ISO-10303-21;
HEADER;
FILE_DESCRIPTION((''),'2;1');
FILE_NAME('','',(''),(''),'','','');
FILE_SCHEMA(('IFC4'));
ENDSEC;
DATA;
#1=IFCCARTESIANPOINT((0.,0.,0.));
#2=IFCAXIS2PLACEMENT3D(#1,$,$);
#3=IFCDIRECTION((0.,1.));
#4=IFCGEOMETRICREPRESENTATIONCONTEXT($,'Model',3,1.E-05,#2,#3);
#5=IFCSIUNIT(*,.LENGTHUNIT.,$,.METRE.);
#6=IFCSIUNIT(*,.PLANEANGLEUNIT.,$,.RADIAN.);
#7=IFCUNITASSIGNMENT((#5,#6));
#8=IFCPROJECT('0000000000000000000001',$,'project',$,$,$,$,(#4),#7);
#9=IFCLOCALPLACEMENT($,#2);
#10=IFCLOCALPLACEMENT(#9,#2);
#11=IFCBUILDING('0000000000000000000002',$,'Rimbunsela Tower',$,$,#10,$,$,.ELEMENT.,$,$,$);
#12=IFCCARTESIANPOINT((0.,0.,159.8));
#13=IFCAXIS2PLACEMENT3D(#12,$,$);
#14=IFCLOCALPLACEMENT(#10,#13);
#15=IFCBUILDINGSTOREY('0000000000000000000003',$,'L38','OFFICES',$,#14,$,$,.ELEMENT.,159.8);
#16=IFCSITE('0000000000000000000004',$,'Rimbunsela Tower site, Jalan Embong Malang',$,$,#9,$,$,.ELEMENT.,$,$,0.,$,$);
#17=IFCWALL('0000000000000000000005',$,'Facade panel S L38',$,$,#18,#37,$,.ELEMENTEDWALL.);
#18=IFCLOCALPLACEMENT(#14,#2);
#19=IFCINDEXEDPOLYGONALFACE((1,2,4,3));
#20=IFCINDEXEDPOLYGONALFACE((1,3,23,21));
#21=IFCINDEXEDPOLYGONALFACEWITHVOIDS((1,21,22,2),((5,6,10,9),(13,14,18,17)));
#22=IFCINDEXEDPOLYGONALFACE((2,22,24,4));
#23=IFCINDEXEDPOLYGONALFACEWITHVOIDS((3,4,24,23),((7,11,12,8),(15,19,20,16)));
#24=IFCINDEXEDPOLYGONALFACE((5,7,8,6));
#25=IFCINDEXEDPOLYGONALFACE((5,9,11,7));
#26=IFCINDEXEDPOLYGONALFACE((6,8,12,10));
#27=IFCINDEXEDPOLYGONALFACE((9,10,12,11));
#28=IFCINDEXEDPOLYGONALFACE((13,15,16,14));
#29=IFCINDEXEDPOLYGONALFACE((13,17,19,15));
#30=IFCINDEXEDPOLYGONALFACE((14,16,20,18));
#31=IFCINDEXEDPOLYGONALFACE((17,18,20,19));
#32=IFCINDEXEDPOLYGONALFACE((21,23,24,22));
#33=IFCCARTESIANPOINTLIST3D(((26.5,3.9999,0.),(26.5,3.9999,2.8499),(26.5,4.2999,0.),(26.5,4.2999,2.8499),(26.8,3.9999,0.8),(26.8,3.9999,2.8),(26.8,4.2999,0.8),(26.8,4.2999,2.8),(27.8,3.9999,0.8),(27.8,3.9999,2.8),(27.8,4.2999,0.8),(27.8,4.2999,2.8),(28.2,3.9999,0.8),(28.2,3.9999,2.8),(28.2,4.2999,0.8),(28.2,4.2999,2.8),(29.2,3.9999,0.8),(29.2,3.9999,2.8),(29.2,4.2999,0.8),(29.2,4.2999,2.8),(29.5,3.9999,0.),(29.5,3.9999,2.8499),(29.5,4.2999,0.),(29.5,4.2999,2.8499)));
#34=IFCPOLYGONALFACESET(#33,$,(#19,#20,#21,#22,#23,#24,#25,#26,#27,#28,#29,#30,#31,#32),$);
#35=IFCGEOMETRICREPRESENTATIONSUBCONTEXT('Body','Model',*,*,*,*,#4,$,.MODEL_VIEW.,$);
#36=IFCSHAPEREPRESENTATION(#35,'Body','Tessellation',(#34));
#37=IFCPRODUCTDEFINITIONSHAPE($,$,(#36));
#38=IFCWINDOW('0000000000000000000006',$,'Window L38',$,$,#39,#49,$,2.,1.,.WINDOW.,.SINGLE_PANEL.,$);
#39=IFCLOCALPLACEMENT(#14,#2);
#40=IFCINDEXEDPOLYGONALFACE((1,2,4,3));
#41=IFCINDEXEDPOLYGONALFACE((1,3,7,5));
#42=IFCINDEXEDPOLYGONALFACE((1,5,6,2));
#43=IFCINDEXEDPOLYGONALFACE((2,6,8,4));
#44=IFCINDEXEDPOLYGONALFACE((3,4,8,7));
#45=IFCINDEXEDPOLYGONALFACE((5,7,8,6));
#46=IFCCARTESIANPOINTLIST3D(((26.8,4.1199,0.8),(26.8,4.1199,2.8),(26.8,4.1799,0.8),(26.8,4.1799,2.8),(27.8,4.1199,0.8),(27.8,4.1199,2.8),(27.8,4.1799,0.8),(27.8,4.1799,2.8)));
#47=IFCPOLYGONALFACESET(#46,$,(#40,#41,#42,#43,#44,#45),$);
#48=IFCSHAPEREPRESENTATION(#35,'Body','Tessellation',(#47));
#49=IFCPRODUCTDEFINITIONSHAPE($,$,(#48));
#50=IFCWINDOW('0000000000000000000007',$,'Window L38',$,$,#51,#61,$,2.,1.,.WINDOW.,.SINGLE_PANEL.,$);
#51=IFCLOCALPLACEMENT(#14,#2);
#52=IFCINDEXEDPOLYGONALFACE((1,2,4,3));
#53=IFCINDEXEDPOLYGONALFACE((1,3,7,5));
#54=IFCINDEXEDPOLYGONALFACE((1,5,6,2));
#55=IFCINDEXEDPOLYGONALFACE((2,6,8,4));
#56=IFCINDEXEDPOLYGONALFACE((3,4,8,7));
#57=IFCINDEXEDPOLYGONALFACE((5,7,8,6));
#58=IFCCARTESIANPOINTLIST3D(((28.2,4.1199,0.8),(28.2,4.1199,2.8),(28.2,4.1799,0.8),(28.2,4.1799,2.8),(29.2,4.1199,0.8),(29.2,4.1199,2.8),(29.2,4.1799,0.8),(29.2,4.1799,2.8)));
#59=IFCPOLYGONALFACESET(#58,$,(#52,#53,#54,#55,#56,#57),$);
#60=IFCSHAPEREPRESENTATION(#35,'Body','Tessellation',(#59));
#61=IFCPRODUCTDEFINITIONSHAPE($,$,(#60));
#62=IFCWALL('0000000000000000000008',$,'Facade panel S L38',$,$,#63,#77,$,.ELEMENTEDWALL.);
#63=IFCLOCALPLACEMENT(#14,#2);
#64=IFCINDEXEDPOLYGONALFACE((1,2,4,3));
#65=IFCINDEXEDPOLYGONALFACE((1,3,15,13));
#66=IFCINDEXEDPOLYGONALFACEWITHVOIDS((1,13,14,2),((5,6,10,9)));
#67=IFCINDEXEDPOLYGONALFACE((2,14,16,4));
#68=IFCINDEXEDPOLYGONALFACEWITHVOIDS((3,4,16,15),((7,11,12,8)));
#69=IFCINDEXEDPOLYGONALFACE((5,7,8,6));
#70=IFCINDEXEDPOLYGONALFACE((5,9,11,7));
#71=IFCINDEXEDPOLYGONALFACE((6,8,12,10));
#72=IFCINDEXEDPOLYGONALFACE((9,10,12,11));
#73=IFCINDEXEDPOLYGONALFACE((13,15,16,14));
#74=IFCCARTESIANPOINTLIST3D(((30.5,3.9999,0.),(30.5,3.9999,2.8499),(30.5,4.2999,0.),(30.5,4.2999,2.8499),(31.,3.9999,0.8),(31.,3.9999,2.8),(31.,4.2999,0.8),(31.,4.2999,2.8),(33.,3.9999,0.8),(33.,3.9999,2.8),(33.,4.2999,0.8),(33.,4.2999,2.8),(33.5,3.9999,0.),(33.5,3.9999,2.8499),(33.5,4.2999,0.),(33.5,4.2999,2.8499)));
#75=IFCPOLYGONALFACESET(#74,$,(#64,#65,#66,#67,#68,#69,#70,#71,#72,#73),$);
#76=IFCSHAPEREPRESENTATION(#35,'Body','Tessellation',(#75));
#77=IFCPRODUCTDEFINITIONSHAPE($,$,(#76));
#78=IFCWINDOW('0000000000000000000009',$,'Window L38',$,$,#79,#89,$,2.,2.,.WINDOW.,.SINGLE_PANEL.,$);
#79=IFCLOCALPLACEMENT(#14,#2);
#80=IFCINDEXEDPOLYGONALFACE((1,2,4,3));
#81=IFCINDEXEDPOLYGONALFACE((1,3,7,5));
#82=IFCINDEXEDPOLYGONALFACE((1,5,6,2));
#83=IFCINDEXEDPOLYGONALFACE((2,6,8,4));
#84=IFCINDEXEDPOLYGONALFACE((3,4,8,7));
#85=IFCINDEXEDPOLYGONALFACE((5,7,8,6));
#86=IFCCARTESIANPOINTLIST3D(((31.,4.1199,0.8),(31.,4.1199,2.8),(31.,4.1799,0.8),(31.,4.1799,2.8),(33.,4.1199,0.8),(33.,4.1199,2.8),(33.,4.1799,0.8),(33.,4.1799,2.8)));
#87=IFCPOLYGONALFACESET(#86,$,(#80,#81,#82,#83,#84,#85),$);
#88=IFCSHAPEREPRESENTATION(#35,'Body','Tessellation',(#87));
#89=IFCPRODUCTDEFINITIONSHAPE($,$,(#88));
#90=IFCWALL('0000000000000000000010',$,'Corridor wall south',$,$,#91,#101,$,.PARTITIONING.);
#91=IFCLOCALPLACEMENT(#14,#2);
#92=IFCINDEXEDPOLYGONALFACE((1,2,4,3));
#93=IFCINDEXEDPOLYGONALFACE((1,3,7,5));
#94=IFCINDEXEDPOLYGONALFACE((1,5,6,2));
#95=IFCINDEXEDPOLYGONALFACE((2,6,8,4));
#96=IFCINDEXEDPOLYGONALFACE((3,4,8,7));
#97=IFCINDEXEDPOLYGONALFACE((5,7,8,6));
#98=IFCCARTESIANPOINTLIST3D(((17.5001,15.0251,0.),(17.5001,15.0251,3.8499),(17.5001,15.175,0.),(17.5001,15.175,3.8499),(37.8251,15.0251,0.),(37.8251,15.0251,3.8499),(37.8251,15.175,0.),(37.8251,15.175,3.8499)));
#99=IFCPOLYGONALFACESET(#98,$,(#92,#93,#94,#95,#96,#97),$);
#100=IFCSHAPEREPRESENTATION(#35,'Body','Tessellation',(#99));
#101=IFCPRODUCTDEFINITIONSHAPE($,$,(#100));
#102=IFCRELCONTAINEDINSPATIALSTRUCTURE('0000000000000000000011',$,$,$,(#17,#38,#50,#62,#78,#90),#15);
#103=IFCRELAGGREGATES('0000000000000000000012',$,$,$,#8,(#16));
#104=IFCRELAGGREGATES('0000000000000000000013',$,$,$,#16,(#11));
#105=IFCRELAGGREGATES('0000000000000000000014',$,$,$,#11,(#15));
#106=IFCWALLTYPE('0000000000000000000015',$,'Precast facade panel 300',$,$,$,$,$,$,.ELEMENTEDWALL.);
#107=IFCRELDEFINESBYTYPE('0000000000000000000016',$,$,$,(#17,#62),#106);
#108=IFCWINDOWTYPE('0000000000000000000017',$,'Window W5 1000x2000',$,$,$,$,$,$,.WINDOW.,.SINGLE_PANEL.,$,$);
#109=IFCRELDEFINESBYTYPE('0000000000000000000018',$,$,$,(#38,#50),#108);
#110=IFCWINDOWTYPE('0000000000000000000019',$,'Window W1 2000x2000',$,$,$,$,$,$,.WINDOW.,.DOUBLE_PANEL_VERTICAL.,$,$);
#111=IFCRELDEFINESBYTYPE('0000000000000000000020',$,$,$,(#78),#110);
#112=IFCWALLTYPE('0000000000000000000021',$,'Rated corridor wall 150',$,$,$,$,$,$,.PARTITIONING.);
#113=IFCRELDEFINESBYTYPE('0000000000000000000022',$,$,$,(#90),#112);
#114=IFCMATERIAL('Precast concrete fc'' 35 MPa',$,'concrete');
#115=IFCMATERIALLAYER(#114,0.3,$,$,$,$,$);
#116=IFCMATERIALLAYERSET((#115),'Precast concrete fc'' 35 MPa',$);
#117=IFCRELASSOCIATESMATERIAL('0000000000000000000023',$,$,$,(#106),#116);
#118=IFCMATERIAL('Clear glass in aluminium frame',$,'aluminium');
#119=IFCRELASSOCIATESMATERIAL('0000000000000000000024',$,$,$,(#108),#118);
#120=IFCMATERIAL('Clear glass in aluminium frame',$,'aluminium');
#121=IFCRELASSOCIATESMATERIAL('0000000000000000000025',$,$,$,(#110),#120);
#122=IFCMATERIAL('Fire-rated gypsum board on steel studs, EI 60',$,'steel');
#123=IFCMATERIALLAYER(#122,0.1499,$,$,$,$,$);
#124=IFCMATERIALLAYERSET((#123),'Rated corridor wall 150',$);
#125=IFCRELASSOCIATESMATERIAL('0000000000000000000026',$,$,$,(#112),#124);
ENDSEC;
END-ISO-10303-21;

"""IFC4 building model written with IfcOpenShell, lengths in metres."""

from ifc_helpers import new_model, si_unit, direction, frame, frame_2d, origin, place, context, subcontext, project, spatial, rectangle, extrude, material, layer, layer_set, type_object, element, fill, save


model = new_model("IFC4")

# Units and contexts
model_context = context("Model", 3, precision=1e-05, world=origin(), true_north=direction((0.0, 1.0)))
body_context = subcontext(model_context, "Body", "Model", "MODEL_VIEW")
ifc_project = project(units=[si_unit("LENGTHUNIT", "METRE"), si_unit("PLANEANGLEUNIT", "RADIAN")], contexts=[model_context])

# Site, building, storey
site_placement = place(None, origin())
site = spatial("IfcSite", under=ifc_project, at=site_placement, Name="Rimbunsela Tower site, Jalan Embong Malang", CompositionType="ELEMENT", RefElevation=0.0)
building_placement = place(site_placement, origin())
building = spatial("IfcBuilding", under=site, at=building_placement, Name="Rimbunsela Tower", CompositionType="ELEMENT")
storey_placement = place(building_placement, frame((0.0, 0.0, 159.8)))
storey = spatial("IfcBuildingStorey", under=building, at=storey_placement, Name="L38", Description="OFFICES", CompositionType="ELEMENT", Elevation=159.8)

# Wall, openings, windows
ifc_material_1 = material(Name="Precast concrete fc' 35 MPa", Category="concrete")
ifc_layer_1 = layer(ifc_material_1, 0.3)
ifc_layer_set_1 = layer_set([ifc_layer_1], Name="Precast concrete fc' 35 MPa")
wall_type_1 = type_object("IfcWallType", Name="Precast facade panel 300", PredefinedType="ELEMENTEDWALL", material=ifc_layer_set_1)
wall_1_placement = place(storey_placement, frame((26.5, 4.1499, 0.0), z_axis=(0.0, 0.0, 1.0), x_axis=(1.0, 0.0, 0.0)))
wall_1 = element("IfcWall", 1, at=wall_1_placement, inside=storey, type_object=wall_type_1, Name="Facade panel S L38", PredefinedType="ELEMENTEDWALL", context=body_context, shape_type="SweptSolid", body=[
    extrude(rectangle(XDim=3.0, YDim=0.3, at=frame_2d((1.5, 0.0))), origin(), (0.0, 0.0, 1.0), 2.8499),
])
opening_1_placement = place(wall_1_placement, frame((0.3, 0.0, 0.8)))
opening_1 = element("IfcOpeningElement", 2, at=opening_1_placement, cuts=wall_1, PredefinedType="OPENING", context=body_context, shape_type="SweptSolid", body=[
    extrude(rectangle(XDim=1.0, YDim=2.0, at=frame_2d((0.5, 1.0))), frame((0.0, 0.1599, 0.0), z_axis=(0.0, -1.0, 0.0), x_axis=(1.0, 0.0, 0.0)), (0.0, 0.0, 1.0), 0.3201),
])
opening_2_placement = place(wall_1_placement, frame((1.7, 0.0, 0.8)))
opening_2 = element("IfcOpeningElement", 3, at=opening_2_placement, cuts=wall_1, PredefinedType="OPENING", context=body_context, shape_type="SweptSolid", body=[
    extrude(rectangle(XDim=1.0, YDim=2.0, at=frame_2d((0.5, 1.0))), frame((0.0, 0.1599, 0.0), z_axis=(0.0, -1.0, 0.0), x_axis=(1.0, 0.0, 0.0)), (0.0, 0.0, 1.0), 0.3201),
])
ifc_material_2 = material(Name="Clear glass in aluminium frame", Category="aluminium")
window_type_1 = type_object("IfcWindowType", Name="Window W5 1000x2000", PartitioningType="SINGLE_PANEL", PredefinedType="WINDOW", material=ifc_material_2)
window_1_placement = place(opening_1_placement, origin())
window_1 = element("IfcWindow", 4, at=window_1_placement, inside=storey, type_object=window_type_1, Name="Window L38", OverallHeight=2.0, OverallWidth=1.0, PartitioningType="SINGLE_PANEL", PredefinedType="WINDOW", context=body_context, shape_type="SweptSolid", body=[
    extrude(rectangle(XDim=1.0, YDim=2.0, at=frame_2d((0.5, 1.0))), frame((0.0, 0.03, 0.0), z_axis=(0.0, -1.0, 0.0), x_axis=(1.0, 0.0, 0.0)), (0.0, 0.0, 1.0), 0.0601),
])
fill(opening_1, window_1)
window_2_placement = place(opening_2_placement, origin())
window_2 = element("IfcWindow", 5, at=window_2_placement, inside=storey, type_object=window_type_1, Name="Window L38", OverallHeight=2.0, OverallWidth=1.0, PartitioningType="SINGLE_PANEL", PredefinedType="WINDOW", context=body_context, shape_type="SweptSolid", body=[
    extrude(rectangle(XDim=1.0, YDim=2.0, at=frame_2d((0.5, 1.0))), frame((0.0, 0.03, 0.0), z_axis=(0.0, -1.0, 0.0), x_axis=(1.0, 0.0, 0.0)), (0.0, 0.0, 1.0), 0.0601),
])
fill(opening_2, window_2)

# Wall, opening, window
wall_2_placement = place(storey_placement, frame((30.5, 4.1499, 0.0), z_axis=(0.0, 0.0, 1.0), x_axis=(1.0, 0.0, 0.0)))
wall_2 = element("IfcWall", 6, at=wall_2_placement, inside=storey, type_object=wall_type_1, Name="Facade panel S L38", PredefinedType="ELEMENTEDWALL", context=body_context, shape_type="SweptSolid", body=[
    extrude(rectangle(XDim=3.0, YDim=0.3, at=frame_2d((1.5, 0.0))), origin(), (0.0, 0.0, 1.0), 2.8499),
])
opening_3_placement = place(wall_2_placement, frame((0.5, 0.0, 0.8)))
opening_3 = element("IfcOpeningElement", 7, at=opening_3_placement, cuts=wall_2, PredefinedType="OPENING", context=body_context, shape_type="SweptSolid", body=[
    extrude(rectangle(XDim=2.0, YDim=2.0, at=frame_2d((1.0, 1.0))), frame((0.0, 0.1599, 0.0), z_axis=(0.0, -1.0, 0.0), x_axis=(1.0, 0.0, 0.0)), (0.0, 0.0, 1.0), 0.3201),
])
ifc_material_3 = material(Name="Clear glass in aluminium frame", Category="aluminium")
window_type_2 = type_object("IfcWindowType", Name="Window W1 2000x2000", PartitioningType="DOUBLE_PANEL_VERTICAL", PredefinedType="WINDOW", material=ifc_material_3)
window_3_placement = place(opening_3_placement, origin())
window_3 = element("IfcWindow", 8, at=window_3_placement, inside=storey, type_object=window_type_2, Name="Window L38", OverallHeight=2.0, OverallWidth=2.0, PartitioningType="SINGLE_PANEL", PredefinedType="WINDOW", context=body_context, shape_type="SweptSolid", body=[
    extrude(rectangle(XDim=2.0, YDim=2.0, at=frame_2d((1.0, 1.0))), frame((0.0, 0.03, 0.0), z_axis=(0.0, -1.0, 0.0), x_axis=(1.0, 0.0, 0.0)), (0.0, 0.0, 1.0), 0.0601),
])
fill(opening_3, window_3)

# Wall
ifc_material_4 = material(Name="Fire-rated gypsum board on steel studs, EI 60", Category="steel")
ifc_layer_2 = layer(ifc_material_4, 0.1499)
ifc_layer_set_2 = layer_set([ifc_layer_2], Name="Rated corridor wall 150")
wall_type_2 = type_object("IfcWallType", Name="Rated corridor wall 150", PredefinedType="PARTITIONING", material=ifc_layer_set_2)
wall_3_placement = place(storey_placement, frame((17.5, 15.1001, 0.0), z_axis=(0.0, 0.0, 1.0), x_axis=(1.0, 0.0, 0.0)))
element("IfcWall", 9, at=wall_3_placement, inside=storey, type_object=wall_type_2, Name="Corridor wall south", PredefinedType="PARTITIONING", context=body_context, shape_type="SweptSolid", body=[
    extrude(rectangle(XDim=20.325, YDim=0.1499, at=frame_2d((10.1626, 0.0))), origin(), (0.0, 0.0, 1.0), 3.8499),
])

save(model, "model.ifc")
